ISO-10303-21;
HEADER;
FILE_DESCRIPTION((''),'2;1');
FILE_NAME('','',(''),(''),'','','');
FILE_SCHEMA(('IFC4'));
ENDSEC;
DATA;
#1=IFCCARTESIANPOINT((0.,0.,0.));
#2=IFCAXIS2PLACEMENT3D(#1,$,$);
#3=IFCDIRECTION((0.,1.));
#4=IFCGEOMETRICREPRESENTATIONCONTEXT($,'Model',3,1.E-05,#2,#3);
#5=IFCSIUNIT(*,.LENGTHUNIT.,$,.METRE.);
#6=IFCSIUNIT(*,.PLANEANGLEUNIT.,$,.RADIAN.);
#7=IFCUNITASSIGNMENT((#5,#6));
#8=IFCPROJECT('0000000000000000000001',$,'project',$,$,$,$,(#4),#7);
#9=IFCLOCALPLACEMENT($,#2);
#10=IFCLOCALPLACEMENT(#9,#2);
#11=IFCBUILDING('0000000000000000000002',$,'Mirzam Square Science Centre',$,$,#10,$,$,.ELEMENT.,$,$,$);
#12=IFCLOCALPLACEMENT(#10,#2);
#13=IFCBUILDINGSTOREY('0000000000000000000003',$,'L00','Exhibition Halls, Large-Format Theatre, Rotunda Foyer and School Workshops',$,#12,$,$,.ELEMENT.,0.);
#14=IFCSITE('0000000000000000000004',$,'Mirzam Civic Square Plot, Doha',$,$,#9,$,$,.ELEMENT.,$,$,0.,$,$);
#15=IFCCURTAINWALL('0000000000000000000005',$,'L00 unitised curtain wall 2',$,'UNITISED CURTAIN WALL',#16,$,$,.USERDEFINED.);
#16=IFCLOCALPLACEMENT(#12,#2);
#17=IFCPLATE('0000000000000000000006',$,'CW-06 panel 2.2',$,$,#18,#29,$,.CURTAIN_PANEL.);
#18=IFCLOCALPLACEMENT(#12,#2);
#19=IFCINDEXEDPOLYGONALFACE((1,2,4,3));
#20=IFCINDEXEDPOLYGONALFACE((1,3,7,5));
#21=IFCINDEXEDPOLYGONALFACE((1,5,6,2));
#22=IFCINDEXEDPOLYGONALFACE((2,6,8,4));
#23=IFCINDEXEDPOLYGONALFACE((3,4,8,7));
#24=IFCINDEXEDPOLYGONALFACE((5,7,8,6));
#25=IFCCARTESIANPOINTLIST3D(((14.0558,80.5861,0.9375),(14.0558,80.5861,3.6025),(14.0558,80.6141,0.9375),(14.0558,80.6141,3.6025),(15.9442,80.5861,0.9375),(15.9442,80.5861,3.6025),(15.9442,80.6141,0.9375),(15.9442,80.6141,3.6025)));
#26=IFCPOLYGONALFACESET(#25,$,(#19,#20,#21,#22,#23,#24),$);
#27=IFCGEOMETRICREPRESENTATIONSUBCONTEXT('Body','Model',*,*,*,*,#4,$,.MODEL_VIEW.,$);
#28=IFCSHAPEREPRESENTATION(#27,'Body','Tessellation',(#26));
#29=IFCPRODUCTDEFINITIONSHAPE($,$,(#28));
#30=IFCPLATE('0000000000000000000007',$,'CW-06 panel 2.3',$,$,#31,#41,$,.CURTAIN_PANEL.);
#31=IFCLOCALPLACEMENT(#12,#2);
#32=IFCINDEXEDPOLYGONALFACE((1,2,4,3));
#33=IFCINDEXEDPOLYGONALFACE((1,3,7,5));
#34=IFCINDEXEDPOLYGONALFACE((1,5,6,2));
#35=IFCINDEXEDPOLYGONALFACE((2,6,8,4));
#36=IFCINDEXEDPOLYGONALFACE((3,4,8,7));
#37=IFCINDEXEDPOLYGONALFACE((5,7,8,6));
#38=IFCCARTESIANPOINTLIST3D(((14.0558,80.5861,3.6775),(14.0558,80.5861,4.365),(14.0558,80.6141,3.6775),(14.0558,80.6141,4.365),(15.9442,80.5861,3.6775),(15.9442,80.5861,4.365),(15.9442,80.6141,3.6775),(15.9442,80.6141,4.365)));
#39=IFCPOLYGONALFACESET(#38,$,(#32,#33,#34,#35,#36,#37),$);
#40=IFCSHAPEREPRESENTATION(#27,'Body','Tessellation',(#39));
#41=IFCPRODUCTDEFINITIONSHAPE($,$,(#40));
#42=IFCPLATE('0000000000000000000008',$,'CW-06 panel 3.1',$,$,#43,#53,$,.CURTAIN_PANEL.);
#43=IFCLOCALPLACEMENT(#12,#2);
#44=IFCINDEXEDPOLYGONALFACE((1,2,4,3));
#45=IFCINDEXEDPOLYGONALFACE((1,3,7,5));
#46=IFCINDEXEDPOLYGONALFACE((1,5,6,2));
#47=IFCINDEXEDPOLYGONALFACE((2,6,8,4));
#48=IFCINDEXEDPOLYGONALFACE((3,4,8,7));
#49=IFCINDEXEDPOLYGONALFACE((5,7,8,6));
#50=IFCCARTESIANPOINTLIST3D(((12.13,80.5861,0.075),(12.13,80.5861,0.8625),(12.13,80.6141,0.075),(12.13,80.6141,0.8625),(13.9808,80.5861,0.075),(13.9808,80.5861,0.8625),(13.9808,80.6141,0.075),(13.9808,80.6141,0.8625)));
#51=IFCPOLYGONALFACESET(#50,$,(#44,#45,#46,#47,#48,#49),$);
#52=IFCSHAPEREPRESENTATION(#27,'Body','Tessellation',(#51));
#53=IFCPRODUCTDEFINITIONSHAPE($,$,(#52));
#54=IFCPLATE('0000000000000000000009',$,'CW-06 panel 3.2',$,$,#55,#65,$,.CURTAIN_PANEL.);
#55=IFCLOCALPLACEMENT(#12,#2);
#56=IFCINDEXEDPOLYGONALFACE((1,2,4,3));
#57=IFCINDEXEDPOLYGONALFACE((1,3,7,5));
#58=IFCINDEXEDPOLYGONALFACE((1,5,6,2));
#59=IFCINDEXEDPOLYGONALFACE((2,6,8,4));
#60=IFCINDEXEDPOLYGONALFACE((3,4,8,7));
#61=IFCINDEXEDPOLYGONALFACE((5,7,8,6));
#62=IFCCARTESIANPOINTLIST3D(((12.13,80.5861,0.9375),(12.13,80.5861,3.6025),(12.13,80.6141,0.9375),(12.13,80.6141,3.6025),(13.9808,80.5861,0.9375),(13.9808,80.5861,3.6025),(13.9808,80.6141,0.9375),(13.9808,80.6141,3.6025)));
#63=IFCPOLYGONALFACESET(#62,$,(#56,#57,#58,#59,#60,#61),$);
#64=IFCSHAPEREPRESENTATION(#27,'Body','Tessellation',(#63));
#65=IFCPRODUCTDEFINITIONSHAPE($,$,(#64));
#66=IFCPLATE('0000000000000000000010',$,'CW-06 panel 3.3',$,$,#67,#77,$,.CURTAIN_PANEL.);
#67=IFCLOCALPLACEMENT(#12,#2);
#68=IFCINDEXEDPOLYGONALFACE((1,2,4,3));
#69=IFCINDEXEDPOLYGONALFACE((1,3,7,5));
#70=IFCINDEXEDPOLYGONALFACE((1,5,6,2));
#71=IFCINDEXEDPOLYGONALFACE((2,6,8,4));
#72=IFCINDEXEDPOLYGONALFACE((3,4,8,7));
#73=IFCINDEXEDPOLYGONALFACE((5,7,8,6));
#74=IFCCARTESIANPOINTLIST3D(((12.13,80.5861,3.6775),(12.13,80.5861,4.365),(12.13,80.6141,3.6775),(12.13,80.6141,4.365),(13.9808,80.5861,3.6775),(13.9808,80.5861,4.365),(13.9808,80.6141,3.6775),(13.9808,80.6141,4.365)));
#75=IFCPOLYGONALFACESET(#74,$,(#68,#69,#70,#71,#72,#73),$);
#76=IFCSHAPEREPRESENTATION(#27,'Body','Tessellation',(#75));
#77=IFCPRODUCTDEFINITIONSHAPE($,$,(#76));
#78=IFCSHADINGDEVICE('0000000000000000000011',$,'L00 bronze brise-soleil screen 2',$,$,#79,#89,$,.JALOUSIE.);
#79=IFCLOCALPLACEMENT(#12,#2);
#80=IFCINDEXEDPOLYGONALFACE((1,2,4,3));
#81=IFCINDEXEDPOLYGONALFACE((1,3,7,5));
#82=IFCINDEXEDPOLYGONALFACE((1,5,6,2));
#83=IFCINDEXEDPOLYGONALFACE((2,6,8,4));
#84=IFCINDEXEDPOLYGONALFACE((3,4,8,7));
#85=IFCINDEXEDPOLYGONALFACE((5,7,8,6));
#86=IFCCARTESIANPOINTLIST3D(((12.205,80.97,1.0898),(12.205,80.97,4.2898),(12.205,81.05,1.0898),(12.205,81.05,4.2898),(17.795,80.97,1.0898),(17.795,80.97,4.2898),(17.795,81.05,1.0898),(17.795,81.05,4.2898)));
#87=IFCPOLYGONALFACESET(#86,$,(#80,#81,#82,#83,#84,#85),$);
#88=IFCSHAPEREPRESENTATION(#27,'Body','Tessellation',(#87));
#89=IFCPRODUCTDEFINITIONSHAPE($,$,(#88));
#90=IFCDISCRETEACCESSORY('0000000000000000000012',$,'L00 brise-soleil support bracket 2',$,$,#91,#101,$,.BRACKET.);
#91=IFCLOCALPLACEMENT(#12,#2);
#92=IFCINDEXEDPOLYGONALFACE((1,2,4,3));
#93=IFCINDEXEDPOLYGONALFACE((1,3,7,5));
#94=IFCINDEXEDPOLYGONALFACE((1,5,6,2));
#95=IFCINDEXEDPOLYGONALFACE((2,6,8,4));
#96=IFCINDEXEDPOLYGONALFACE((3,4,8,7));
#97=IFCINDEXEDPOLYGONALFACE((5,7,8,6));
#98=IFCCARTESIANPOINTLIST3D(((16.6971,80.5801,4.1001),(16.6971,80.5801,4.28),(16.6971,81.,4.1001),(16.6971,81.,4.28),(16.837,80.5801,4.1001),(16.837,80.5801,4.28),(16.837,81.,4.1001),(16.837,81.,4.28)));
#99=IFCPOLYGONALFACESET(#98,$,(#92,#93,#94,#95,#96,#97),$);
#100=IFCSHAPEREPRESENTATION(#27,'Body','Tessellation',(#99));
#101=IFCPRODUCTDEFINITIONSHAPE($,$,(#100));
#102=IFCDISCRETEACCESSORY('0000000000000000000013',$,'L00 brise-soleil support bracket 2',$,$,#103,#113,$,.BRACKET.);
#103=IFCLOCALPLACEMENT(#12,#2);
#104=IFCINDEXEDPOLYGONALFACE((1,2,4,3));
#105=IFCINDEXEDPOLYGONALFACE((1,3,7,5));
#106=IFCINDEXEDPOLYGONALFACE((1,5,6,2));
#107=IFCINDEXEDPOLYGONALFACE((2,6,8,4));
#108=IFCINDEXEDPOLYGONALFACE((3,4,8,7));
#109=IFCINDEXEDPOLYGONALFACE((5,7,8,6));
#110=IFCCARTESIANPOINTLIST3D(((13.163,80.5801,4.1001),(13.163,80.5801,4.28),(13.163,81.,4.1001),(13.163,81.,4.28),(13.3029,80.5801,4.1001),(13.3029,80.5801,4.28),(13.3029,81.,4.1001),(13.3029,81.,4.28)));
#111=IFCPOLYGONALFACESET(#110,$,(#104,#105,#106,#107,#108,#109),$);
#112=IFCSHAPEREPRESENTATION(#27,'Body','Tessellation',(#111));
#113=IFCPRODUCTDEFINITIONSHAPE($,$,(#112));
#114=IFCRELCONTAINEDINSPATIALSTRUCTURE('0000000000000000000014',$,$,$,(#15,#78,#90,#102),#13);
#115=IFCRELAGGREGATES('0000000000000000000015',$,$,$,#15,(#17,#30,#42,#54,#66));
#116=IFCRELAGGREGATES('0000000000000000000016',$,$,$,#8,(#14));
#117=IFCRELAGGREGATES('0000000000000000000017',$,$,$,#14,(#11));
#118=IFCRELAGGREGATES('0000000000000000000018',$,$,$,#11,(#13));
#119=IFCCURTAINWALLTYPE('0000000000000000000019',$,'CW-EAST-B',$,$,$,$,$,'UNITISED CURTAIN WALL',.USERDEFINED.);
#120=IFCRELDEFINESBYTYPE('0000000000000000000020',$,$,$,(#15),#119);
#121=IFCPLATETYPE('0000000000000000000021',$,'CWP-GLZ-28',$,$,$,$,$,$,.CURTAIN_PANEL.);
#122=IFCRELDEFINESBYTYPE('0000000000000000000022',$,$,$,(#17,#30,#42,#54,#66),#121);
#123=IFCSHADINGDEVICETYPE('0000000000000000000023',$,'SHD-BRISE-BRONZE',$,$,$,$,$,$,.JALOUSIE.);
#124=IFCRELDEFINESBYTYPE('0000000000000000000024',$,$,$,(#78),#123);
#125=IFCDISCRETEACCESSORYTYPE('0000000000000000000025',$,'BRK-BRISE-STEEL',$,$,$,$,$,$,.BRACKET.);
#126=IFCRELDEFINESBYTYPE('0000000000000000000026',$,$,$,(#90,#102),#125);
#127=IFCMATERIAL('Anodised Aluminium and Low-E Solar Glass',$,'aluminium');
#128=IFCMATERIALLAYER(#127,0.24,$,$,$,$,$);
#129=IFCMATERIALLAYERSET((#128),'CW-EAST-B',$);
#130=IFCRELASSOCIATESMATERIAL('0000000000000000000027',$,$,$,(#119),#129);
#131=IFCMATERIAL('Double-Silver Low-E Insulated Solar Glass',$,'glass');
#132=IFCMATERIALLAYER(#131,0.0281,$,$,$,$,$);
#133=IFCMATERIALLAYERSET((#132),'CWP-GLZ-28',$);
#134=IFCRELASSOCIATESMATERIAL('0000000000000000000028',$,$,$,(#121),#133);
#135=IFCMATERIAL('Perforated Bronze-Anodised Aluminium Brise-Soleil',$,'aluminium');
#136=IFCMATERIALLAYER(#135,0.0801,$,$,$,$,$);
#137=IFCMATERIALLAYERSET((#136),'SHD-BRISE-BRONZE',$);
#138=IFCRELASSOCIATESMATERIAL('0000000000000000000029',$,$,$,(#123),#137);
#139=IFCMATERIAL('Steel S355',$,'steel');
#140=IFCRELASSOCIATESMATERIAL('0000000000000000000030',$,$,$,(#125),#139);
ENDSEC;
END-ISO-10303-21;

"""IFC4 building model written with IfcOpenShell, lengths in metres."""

from ifc_helpers import new_model, si_unit, direction, frame, origin, origin_2d, place, context, subcontext, project, spatial, rectangle, extrude, material, layer, layer_set, type_object, element, aggregate, save


model = new_model("IFC4")

# Units and contexts
model_context = context("Model", 3, precision=1e-05, world=origin(), true_north=direction((0.0, 1.0)))
body_context = subcontext(model_context, "Body", "Model", "MODEL_VIEW")
ifc_project = project(units=[si_unit("LENGTHUNIT", "METRE"), si_unit("PLANEANGLEUNIT", "RADIAN")], contexts=[model_context])

# Site, building, storey
site_placement = place(None, origin())
site = spatial("IfcSite", under=ifc_project, at=site_placement, Name="Mirzam Civic Square Plot, Doha", CompositionType="ELEMENT", RefElevation=0.0)
building_placement = place(site_placement, origin())
building = spatial("IfcBuilding", under=site, at=building_placement, Name="Mirzam Square Science Centre", CompositionType="ELEMENT")
storey_placement = place(building_placement, origin())
storey = spatial("IfcBuildingStorey", under=building, at=storey_placement, Name="L00", Description="Exhibition Halls, Large-Format Theatre, Rotunda Foyer and School Workshops", CompositionType="ELEMENT", Elevation=0.0)

# Curtain wall, plates
ifc_material_1 = material(Name="Anodised Aluminium and Low-E Solar Glass", Category="aluminium")
ifc_layer_1 = layer(ifc_material_1, 0.24)
ifc_layer_set_1 = layer_set([ifc_layer_1], Name="CW-EAST-B")
curtain_wall_type = type_object("IfcCurtainWallType", Name="CW-EAST-B", ElementType="UNITISED CURTAIN WALL", PredefinedType="USERDEFINED", material=ifc_layer_set_1)
curtain_wall_placement = place(storey_placement, origin())
curtain_wall = element("IfcCurtainWall", 1, at=curtain_wall_placement, inside=storey, type_object=curtain_wall_type, Name="L00 unitised curtain wall 2", ObjectType="UNITISED CURTAIN WALL", PredefinedType="USERDEFINED")
ifc_material_2 = material(Name="Double-Silver Low-E Insulated Solar Glass", Category="glass")
ifc_layer_2 = layer(ifc_material_2, 0.0281)
ifc_layer_set_2 = layer_set([ifc_layer_2], Name="CWP-GLZ-28")
plate_type = type_object("IfcPlateType", Name="CWP-GLZ-28", PredefinedType="CURTAIN_PANEL", material=ifc_layer_set_2)
plate_1_placement = place(storey_placement, frame((15.0, 80.6001, 0.9375), z_axis=(0.0, 0.0, 1.0), x_axis=(-1.0, 0.0, 0.0)))
plate_1 = element("IfcPlate", 2, at=plate_1_placement, type_object=plate_type, Name="CW-06 panel 2.2", PredefinedType="CURTAIN_PANEL", context=body_context, shape_type="SweptSolid", body=[
    extrude(rectangle(XDim=1.8884, YDim=0.0281, at=origin_2d()), origin(), (0.0, 0.0, 1.0), 2.665),
])
plate_2_placement = place(storey_placement, frame((15.0, 80.6001, 3.6775), z_axis=(0.0, 0.0, 1.0), x_axis=(-1.0, 0.0, 0.0)))
plate_2 = element("IfcPlate", 3, at=plate_2_placement, type_object=plate_type, Name="CW-06 panel 2.3", PredefinedType="CURTAIN_PANEL", context=body_context, shape_type="SweptSolid", body=[
    extrude(rectangle(XDim=1.8884, YDim=0.0281, at=origin_2d()), origin(), (0.0, 0.0, 1.0), 0.6875),
])
plate_3_placement = place(storey_placement, frame((13.0554, 80.6001, 0.075), z_axis=(0.0, 0.0, 1.0), x_axis=(-1.0, 0.0, 0.0)))
plate_3 = element("IfcPlate", 4, at=plate_3_placement, type_object=plate_type, Name="CW-06 panel 3.1", PredefinedType="CURTAIN_PANEL", context=body_context, shape_type="SweptSolid", body=[
    extrude(rectangle(XDim=1.8508, YDim=0.0281, at=origin_2d()), origin(), (0.0, 0.0, 1.0), 0.7876),
])
plate_4_placement = place(storey_placement, frame((13.0554, 80.6001, 0.9375), z_axis=(0.0, 0.0, 1.0), x_axis=(-1.0, 0.0, 0.0)))
plate_4 = element("IfcPlate", 5, at=plate_4_placement, type_object=plate_type, Name="CW-06 panel 3.2", PredefinedType="CURTAIN_PANEL", context=body_context, shape_type="SweptSolid", body=[
    extrude(rectangle(XDim=1.8508, YDim=0.0281, at=origin_2d()), origin(), (0.0, 0.0, 1.0), 2.665),
])
plate_5_placement = place(storey_placement, frame((13.0554, 80.6001, 3.6775), z_axis=(0.0, 0.0, 1.0), x_axis=(-1.0, 0.0, 0.0)))
plate_5 = element("IfcPlate", 6, at=plate_5_placement, type_object=plate_type, Name="CW-06 panel 3.3", PredefinedType="CURTAIN_PANEL", context=body_context, shape_type="SweptSolid", body=[
    extrude(rectangle(XDim=1.8508, YDim=0.0281, at=origin_2d()), origin(), (0.0, 0.0, 1.0), 0.6875),
])
aggregate(curtain_wall, [plate_1, plate_2, plate_3, plate_4, plate_5])

# Shading device
ifc_material_3 = material(Name="Perforated Bronze-Anodised Aluminium Brise-Soleil", Category="aluminium")
ifc_layer_3 = layer(ifc_material_3, 0.0801)
ifc_layer_set_3 = layer_set([ifc_layer_3], Name="SHD-BRISE-BRONZE")
shading_device_type = type_object("IfcShadingDeviceType", Name="SHD-BRISE-BRONZE", PredefinedType="JALOUSIE", material=ifc_layer_set_3)
shading_device_placement = place(storey_placement, frame((15.0, 81.01, 1.0898), z_axis=(0.0, 0.0, 1.0), x_axis=(-1.0, 0.0, 0.0)))
element("IfcShadingDevice", 7, at=shading_device_placement, inside=storey, type_object=shading_device_type, Name="L00 bronze brise-soleil screen 2", PredefinedType="JALOUSIE", context=body_context, shape_type="SweptSolid", body=[
    extrude(rectangle(XDim=5.5901, YDim=0.0801, at=origin_2d()), origin(), (0.0, 0.0, 1.0), 3.2),
])

# Discrete accessories
ifc_material_4 = material(Name="Steel S355", Category="steel")
discrete_accessory_type = type_object("IfcDiscreteAccessoryType", Name="BRK-BRISE-STEEL", PredefinedType="BRACKET", material=ifc_material_4)
for number, where, z_axis, x_axis, name in (
    (8, (16.7671, 80.79, 4.1001), (0.0, 0.0, 1.0), (-1.0, 0.0, 0.0), "L00 brise-soleil support bracket 2"),
    (9, (13.2329, 80.79, 4.1001), (0.0, 0.0, 1.0), (-1.0, 0.0, 0.0), "L00 brise-soleil support bracket 2"),
):
    element("IfcDiscreteAccessory", number, at=place(storey_placement, frame(where, z_axis=z_axis, x_axis=x_axis)), inside=storey, type_object=discrete_accessory_type, Name=name, PredefinedType="BRACKET", context=body_context, shape_type="SweptSolid", body=[
        extrude(rectangle(XDim=0.1399, YDim=0.4199, at=origin_2d()), origin(), (0.0, 0.0, 1.0), 0.1799),
    ])

save(model, "model.ifc")
